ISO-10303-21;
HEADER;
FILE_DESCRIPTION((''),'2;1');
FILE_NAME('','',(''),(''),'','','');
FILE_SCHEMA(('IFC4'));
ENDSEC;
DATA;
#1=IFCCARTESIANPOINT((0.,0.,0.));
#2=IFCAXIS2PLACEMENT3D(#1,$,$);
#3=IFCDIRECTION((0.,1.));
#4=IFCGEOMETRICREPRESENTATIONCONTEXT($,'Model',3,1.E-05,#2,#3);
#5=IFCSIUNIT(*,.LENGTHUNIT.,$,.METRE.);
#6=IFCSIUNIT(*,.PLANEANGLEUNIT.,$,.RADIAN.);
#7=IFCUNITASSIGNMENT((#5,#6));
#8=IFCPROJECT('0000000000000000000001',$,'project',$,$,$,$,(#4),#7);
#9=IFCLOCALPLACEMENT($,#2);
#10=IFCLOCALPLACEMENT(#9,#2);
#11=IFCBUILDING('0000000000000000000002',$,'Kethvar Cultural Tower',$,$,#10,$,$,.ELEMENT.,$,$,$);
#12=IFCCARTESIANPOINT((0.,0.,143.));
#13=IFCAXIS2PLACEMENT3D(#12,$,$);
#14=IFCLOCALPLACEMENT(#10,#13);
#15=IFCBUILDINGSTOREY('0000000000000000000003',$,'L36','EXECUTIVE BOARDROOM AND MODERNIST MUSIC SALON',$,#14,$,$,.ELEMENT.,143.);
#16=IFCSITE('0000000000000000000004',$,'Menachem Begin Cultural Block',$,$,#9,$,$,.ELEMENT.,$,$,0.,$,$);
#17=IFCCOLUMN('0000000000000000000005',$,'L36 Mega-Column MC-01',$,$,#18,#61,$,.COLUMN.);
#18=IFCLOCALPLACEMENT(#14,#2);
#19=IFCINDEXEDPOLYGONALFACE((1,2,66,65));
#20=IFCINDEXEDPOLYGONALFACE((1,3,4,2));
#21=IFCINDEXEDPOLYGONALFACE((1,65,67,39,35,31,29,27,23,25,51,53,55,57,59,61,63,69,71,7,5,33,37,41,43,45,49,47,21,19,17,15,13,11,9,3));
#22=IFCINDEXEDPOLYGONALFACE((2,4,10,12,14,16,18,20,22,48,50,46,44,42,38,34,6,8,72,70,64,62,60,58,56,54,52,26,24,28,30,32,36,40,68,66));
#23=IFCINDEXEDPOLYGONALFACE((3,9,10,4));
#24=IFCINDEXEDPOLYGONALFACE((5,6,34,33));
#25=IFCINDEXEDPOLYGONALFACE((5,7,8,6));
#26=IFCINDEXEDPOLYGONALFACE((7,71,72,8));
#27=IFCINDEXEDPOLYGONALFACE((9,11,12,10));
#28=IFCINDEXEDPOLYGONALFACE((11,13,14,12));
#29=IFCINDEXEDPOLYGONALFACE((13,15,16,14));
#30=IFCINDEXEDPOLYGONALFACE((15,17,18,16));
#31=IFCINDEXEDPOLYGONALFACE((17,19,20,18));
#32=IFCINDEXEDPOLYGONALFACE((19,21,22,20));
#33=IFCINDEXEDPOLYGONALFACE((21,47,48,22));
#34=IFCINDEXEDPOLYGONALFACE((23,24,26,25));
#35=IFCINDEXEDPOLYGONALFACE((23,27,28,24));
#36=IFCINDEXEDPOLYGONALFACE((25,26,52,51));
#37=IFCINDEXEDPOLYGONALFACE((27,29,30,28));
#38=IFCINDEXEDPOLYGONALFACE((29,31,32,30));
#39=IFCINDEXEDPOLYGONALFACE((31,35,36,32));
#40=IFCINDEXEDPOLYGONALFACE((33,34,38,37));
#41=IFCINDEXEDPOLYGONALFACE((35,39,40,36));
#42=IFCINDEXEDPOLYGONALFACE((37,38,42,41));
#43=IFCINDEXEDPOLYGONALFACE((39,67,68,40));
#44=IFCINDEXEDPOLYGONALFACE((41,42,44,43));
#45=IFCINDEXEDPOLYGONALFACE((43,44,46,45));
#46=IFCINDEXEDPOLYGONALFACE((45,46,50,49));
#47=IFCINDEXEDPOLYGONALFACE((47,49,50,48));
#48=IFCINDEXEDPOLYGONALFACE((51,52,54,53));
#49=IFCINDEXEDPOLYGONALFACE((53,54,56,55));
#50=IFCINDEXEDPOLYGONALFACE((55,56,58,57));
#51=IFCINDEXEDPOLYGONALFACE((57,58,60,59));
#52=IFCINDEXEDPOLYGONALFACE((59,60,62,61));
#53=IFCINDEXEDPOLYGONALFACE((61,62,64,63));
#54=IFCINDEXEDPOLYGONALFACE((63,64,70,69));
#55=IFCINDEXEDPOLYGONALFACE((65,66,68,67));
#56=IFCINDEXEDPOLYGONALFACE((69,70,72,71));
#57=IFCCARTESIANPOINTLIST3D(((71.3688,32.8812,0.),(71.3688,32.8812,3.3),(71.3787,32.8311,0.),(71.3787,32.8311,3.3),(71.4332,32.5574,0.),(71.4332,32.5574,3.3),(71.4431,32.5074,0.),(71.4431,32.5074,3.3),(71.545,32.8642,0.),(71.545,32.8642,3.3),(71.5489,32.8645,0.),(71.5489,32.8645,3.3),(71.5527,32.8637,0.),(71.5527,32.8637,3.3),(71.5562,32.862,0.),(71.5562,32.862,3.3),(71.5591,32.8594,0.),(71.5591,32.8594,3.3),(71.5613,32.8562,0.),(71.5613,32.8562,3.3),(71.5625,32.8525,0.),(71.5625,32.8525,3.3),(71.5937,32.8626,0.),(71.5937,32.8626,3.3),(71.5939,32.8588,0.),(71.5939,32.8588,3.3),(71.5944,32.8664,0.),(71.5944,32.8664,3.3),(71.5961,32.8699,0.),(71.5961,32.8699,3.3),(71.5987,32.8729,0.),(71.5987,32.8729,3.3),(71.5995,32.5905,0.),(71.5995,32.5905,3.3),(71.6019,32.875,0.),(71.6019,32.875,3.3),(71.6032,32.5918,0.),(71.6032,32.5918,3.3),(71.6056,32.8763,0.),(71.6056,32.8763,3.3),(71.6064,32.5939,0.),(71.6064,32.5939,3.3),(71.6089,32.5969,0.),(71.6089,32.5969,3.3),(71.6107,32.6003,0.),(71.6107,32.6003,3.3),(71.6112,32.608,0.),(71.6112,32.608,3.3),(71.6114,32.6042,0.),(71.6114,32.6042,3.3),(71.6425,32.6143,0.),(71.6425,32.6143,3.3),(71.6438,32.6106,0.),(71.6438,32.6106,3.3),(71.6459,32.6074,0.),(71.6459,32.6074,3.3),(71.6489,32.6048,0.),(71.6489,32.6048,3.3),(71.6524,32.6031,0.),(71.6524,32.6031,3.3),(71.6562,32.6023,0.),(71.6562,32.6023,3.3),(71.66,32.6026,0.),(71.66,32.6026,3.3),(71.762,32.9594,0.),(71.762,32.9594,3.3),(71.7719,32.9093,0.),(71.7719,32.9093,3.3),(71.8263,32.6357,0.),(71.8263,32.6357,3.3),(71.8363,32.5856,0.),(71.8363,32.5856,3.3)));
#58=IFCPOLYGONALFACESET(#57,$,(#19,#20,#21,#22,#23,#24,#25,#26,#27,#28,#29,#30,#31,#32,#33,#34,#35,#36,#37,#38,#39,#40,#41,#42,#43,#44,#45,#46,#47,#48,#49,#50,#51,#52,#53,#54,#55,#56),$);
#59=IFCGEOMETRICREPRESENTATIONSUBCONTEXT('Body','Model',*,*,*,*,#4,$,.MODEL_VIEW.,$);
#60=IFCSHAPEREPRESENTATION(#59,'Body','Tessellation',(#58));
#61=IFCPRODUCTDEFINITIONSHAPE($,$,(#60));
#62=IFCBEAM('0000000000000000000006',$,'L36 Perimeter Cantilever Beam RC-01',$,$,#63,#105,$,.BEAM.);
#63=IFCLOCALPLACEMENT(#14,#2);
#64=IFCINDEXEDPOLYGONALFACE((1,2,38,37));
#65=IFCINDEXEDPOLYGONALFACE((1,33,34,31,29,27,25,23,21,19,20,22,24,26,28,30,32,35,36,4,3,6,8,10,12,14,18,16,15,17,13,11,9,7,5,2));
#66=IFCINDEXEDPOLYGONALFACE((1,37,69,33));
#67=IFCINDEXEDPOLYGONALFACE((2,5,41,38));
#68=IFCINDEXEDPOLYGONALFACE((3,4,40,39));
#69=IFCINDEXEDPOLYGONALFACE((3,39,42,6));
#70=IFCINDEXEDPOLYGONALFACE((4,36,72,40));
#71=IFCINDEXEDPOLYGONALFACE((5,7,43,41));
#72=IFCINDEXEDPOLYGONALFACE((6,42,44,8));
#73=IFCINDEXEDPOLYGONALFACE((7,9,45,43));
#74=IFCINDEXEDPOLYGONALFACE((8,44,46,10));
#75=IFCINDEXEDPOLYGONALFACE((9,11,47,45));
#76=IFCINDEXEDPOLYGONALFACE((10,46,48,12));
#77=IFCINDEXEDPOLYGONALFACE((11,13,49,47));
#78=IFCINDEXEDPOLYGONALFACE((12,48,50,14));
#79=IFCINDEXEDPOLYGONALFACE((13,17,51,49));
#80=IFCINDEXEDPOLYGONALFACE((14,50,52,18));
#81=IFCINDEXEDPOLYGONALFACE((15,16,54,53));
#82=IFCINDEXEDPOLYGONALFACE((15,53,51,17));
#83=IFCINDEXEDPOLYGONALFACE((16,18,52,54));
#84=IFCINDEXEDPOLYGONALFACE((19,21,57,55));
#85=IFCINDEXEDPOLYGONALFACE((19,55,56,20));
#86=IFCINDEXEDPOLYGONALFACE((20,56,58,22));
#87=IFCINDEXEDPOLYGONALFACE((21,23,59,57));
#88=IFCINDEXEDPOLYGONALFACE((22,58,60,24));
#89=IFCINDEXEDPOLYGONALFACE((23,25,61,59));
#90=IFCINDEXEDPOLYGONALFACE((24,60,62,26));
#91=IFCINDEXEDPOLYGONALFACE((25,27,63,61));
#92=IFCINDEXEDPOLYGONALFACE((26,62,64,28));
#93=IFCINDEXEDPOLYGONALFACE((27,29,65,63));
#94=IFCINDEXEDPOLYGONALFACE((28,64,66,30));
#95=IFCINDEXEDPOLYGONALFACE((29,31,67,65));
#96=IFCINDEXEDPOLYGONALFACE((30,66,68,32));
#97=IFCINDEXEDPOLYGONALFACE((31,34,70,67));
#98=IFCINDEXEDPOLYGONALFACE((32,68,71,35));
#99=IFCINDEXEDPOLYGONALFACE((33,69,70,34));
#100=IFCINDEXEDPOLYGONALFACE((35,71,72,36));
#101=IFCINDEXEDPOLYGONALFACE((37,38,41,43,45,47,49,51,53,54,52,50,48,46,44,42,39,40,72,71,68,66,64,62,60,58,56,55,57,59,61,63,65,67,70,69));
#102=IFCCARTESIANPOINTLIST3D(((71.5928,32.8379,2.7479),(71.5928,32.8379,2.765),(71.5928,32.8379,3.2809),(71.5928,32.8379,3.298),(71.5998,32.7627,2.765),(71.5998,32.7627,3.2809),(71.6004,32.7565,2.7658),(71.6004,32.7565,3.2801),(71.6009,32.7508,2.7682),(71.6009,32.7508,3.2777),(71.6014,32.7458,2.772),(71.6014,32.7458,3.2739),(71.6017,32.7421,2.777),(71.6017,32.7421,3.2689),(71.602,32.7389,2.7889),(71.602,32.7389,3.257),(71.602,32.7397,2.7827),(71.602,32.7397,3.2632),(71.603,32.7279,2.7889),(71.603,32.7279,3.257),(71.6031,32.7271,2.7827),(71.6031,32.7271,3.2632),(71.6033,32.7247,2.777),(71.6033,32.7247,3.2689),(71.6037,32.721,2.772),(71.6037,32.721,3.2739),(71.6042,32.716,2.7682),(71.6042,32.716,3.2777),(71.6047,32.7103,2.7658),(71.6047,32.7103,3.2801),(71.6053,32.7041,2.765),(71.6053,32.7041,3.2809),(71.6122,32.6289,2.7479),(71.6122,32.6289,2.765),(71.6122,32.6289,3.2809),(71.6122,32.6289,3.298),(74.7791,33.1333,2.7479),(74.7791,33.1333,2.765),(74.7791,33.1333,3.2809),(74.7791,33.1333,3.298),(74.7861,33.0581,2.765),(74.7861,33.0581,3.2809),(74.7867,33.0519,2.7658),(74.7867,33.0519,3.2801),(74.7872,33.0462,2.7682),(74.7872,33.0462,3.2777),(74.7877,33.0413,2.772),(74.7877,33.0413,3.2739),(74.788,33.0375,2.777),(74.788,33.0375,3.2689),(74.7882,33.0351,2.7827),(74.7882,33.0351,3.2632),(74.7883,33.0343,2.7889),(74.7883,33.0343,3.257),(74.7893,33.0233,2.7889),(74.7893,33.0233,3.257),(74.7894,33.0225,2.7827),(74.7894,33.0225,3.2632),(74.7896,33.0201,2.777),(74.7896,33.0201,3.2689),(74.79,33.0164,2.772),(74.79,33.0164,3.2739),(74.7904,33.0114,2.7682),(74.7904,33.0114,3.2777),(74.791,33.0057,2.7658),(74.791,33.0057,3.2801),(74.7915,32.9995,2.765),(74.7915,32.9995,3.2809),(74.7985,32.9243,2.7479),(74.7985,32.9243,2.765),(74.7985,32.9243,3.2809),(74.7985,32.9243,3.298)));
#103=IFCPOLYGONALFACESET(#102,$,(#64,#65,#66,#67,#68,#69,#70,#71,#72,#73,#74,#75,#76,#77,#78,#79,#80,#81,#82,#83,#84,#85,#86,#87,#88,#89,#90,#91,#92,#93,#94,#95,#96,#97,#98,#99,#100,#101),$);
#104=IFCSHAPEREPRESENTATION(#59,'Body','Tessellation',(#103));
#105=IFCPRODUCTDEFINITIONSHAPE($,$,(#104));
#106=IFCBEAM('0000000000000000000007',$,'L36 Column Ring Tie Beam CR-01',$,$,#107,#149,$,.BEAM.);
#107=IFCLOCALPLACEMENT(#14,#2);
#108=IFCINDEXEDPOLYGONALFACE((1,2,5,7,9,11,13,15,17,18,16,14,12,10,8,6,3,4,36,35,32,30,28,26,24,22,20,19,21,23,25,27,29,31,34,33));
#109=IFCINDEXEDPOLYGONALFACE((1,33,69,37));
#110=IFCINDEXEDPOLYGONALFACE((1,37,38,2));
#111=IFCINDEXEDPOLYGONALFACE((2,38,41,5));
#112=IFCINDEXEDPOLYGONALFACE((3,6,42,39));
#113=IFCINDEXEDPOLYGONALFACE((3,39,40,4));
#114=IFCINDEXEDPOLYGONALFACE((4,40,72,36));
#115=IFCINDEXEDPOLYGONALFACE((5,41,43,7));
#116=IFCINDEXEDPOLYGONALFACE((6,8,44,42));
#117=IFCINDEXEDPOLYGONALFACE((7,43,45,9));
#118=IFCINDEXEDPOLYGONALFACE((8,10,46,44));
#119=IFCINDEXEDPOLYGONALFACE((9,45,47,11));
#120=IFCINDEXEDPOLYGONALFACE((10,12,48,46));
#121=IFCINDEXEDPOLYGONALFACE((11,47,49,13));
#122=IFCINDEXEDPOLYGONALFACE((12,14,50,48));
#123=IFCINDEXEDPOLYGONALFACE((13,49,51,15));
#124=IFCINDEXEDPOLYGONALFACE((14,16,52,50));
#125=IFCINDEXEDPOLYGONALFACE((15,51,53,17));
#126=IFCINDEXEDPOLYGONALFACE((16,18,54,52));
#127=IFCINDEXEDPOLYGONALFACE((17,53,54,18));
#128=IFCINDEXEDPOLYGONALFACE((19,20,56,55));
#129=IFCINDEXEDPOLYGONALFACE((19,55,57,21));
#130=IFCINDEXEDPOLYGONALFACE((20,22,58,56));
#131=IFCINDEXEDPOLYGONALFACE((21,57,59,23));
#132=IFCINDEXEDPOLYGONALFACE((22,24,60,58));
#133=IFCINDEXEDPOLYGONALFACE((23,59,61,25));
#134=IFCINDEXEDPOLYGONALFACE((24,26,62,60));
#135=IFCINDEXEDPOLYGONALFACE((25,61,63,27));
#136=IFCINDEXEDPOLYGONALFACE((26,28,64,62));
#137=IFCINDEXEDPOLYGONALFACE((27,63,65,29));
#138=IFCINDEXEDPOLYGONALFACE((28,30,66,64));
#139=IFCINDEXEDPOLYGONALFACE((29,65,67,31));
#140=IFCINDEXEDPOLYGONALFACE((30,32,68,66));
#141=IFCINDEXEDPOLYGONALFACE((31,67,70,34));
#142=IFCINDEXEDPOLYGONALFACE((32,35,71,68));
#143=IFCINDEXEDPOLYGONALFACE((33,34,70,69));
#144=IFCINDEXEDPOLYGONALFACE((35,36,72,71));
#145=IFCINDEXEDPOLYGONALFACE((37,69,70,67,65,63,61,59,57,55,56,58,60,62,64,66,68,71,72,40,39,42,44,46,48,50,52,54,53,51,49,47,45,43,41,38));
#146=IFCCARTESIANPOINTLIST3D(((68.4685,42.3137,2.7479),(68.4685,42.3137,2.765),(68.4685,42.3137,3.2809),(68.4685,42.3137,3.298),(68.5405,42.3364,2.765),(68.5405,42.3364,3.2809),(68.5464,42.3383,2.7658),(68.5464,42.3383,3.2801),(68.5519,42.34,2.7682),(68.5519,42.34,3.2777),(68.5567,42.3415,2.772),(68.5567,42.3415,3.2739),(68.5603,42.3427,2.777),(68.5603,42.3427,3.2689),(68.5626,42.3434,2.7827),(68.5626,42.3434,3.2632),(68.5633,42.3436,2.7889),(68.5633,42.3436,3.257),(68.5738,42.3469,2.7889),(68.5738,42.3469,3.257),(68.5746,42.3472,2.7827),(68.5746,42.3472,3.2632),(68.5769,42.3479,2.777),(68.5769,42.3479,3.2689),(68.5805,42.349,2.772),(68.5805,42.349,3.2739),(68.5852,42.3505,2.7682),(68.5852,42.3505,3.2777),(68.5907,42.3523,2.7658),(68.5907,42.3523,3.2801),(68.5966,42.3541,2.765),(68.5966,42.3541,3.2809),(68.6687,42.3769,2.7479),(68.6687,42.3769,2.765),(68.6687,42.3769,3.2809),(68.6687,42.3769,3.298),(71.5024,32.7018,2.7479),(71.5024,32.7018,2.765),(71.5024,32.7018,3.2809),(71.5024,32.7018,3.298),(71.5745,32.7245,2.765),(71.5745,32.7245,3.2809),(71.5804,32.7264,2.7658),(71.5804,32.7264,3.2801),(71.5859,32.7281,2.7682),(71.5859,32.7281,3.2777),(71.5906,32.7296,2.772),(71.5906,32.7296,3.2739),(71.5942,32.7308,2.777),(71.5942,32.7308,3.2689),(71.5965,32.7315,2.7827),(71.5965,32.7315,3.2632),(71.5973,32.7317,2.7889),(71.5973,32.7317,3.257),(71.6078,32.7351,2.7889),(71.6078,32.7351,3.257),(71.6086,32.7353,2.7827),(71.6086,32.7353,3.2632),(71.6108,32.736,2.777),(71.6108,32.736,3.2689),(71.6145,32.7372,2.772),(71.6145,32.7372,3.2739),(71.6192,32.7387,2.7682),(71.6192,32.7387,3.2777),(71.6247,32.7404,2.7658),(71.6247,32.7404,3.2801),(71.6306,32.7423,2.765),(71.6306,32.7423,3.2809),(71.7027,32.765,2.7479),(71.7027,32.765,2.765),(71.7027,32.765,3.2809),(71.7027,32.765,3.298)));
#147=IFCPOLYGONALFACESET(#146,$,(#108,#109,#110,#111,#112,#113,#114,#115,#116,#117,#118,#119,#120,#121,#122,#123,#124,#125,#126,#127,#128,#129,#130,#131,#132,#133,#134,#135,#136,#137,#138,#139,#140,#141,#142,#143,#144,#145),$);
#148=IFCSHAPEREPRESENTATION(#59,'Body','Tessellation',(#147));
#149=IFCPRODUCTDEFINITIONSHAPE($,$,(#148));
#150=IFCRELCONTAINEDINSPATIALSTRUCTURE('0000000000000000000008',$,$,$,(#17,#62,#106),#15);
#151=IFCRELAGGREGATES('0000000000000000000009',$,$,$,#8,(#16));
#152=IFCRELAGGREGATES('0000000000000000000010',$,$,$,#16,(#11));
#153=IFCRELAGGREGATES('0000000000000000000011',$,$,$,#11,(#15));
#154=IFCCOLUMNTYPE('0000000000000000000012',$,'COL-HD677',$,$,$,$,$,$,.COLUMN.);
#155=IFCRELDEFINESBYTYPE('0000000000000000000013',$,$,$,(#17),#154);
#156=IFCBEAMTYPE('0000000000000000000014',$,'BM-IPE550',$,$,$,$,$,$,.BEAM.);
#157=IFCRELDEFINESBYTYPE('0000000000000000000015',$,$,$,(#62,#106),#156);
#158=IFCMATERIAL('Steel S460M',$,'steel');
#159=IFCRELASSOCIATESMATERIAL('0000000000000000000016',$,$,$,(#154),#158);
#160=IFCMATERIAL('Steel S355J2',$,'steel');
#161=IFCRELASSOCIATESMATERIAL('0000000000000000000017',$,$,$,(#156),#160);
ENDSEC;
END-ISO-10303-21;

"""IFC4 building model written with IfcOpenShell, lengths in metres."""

from ifc_helpers import new_model, si_unit, direction, frame, origin, origin_2d, place, context, subcontext, project, spatial, i_section, extrude, source, transform, mapped, material, material_profile, profile_set, type_object, element, save


model = new_model("IFC4")

# Units and contexts
model_context = context("Model", 3, precision=1e-05, world=origin(), true_north=direction((0.0, 1.0)))
body_context = subcontext(model_context, "Body", "Model", "MODEL_VIEW")
ifc_project = project(units=[si_unit("LENGTHUNIT", "METRE"), si_unit("PLANEANGLEUNIT", "RADIAN")], contexts=[model_context])

# Site, building, storey
site_placement = place(None, origin())
site = spatial("IfcSite", under=ifc_project, at=site_placement, Name="Menachem Begin Cultural Block", CompositionType="ELEMENT", RefElevation=0.0)
building_placement = place(site_placement, origin())
building = spatial("IfcBuilding", under=site, at=building_placement, Name="Kethvar Cultural Tower", CompositionType="ELEMENT")
storey_placement = place(building_placement, frame((0.0, 0.0, 143.0)))
storey = spatial("IfcBuildingStorey", under=building, at=storey_placement, Name="L36", Description="EXECUTIVE BOARDROOM AND MODERNIST MUSIC SALON", CompositionType="ELEMENT", Elevation=143.0)

# Column
ifc_material_1 = material(Name="Steel S460M", Category="steel")
ifc_material_profile_1 = material_profile(ifc_material_1, i_section(OverallWidth=0.4009, OverallDepth=0.3811, WebThickness=0.032, FlangeThickness=0.051, FilletRadius=0.0149, at=origin_2d()), Name="Steel S460M — HD400x677")
ifc_profile_set_1 = profile_set([ifc_material_profile_1], Name="Steel S460M — HD400x677")
column_type = type_object("IfcColumnType", Name="COL-HD677", PredefinedType="COLUMN", material=ifc_profile_set_1)
shared_shape_1 = source(origin(), body_context, "Body", "SweptSolid", [
    extrude(i_section(OverallWidth=0.4009, OverallDepth=0.3811, WebThickness=0.032, FlangeThickness=0.051, FilletRadius=0.0149, at=origin_2d()), origin(), (0.0, 0.0, 1.0), 3.3),
])
column_placement = place(storey_placement, frame((71.6025, 32.7334, 0.0), z_axis=(0.0, 0.0, 1.0), x_axis=(0.980785, 0.19509, 0.0)))
element("IfcColumn", 1, at=column_placement, inside=storey, type_object=column_type, Name="L36 Mega-Column MC-01", PredefinedType="COLUMN", context=body_context, shape_type="MappedRepresentation", body=[
    mapped(shared_shape_1, transform((0.0, 0.0, 0.0), scale=1.0)),
])

# Beams
ifc_material_2 = material(Name="Steel S355J2", Category="steel")
ifc_material_profile_2 = material_profile(ifc_material_2, i_section(OverallWidth=0.21, OverallDepth=0.55, WebThickness=0.011, FlangeThickness=0.0171, FilletRadius=0.0239, at=origin_2d()), Name="Steel S355J2 — IPE550")
ifc_profile_set_2 = profile_set([ifc_material_profile_2], Name="Steel S355J2 — IPE550")
beam_type_1 = type_object("IfcBeamType", Name="BM-IPE550", PredefinedType="BEAM", material=ifc_profile_set_2)
shared_shape_2 = source(origin(), body_context, "Body", "SweptSolid", [
    extrude(i_section(OverallWidth=0.21, OverallDepth=0.55, WebThickness=0.011, FlangeThickness=0.0171, FilletRadius=0.0239, at=origin_2d()), origin(), (0.0, 0.0, 1.0), 3.2),
])
beam_1_placement = place(storey_placement, frame((71.6025, 32.7334, 3.0229), z_axis=(0.99573, 0.092317, 0.0), x_axis=(-0.092317, 0.99573, 0.0)))
element("IfcBeam", 2, at=beam_1_placement, inside=storey, type_object=beam_type_1, Name="L36 Perimeter Cantilever Beam RC-01", PredefinedType="BEAM", context=body_context, shape_type="MappedRepresentation", body=[
    mapped(shared_shape_2, transform((0.0, 0.0, 0.0), scale=1.0)),
])
shared_shape_3 = source(origin(), body_context, "Body", "SweptSolid", [
    extrude(i_section(OverallWidth=0.21, OverallDepth=0.55, WebThickness=0.011, FlangeThickness=0.0171, FilletRadius=0.0239, at=origin_2d()), origin(), (0.0, 0.0, 1.0), 10.0793),
])
beam_2_placement = place(storey_placement, frame((71.6025, 32.7334, 3.0229), z_axis=(-0.301007, 0.953622, 0.0), x_axis=(-0.953622, -0.301007, 0.0)))
element("IfcBeam", 3, at=beam_2_placement, inside=storey, type_object=beam_type_1, Name="L36 Column Ring Tie Beam CR-01", PredefinedType="BEAM", context=body_context, shape_type="MappedRepresentation", body=[
    mapped(shared_shape_3, transform((0.0, 0.0, 0.0), scale=1.0)),
])

save(model, "model.ifc")
